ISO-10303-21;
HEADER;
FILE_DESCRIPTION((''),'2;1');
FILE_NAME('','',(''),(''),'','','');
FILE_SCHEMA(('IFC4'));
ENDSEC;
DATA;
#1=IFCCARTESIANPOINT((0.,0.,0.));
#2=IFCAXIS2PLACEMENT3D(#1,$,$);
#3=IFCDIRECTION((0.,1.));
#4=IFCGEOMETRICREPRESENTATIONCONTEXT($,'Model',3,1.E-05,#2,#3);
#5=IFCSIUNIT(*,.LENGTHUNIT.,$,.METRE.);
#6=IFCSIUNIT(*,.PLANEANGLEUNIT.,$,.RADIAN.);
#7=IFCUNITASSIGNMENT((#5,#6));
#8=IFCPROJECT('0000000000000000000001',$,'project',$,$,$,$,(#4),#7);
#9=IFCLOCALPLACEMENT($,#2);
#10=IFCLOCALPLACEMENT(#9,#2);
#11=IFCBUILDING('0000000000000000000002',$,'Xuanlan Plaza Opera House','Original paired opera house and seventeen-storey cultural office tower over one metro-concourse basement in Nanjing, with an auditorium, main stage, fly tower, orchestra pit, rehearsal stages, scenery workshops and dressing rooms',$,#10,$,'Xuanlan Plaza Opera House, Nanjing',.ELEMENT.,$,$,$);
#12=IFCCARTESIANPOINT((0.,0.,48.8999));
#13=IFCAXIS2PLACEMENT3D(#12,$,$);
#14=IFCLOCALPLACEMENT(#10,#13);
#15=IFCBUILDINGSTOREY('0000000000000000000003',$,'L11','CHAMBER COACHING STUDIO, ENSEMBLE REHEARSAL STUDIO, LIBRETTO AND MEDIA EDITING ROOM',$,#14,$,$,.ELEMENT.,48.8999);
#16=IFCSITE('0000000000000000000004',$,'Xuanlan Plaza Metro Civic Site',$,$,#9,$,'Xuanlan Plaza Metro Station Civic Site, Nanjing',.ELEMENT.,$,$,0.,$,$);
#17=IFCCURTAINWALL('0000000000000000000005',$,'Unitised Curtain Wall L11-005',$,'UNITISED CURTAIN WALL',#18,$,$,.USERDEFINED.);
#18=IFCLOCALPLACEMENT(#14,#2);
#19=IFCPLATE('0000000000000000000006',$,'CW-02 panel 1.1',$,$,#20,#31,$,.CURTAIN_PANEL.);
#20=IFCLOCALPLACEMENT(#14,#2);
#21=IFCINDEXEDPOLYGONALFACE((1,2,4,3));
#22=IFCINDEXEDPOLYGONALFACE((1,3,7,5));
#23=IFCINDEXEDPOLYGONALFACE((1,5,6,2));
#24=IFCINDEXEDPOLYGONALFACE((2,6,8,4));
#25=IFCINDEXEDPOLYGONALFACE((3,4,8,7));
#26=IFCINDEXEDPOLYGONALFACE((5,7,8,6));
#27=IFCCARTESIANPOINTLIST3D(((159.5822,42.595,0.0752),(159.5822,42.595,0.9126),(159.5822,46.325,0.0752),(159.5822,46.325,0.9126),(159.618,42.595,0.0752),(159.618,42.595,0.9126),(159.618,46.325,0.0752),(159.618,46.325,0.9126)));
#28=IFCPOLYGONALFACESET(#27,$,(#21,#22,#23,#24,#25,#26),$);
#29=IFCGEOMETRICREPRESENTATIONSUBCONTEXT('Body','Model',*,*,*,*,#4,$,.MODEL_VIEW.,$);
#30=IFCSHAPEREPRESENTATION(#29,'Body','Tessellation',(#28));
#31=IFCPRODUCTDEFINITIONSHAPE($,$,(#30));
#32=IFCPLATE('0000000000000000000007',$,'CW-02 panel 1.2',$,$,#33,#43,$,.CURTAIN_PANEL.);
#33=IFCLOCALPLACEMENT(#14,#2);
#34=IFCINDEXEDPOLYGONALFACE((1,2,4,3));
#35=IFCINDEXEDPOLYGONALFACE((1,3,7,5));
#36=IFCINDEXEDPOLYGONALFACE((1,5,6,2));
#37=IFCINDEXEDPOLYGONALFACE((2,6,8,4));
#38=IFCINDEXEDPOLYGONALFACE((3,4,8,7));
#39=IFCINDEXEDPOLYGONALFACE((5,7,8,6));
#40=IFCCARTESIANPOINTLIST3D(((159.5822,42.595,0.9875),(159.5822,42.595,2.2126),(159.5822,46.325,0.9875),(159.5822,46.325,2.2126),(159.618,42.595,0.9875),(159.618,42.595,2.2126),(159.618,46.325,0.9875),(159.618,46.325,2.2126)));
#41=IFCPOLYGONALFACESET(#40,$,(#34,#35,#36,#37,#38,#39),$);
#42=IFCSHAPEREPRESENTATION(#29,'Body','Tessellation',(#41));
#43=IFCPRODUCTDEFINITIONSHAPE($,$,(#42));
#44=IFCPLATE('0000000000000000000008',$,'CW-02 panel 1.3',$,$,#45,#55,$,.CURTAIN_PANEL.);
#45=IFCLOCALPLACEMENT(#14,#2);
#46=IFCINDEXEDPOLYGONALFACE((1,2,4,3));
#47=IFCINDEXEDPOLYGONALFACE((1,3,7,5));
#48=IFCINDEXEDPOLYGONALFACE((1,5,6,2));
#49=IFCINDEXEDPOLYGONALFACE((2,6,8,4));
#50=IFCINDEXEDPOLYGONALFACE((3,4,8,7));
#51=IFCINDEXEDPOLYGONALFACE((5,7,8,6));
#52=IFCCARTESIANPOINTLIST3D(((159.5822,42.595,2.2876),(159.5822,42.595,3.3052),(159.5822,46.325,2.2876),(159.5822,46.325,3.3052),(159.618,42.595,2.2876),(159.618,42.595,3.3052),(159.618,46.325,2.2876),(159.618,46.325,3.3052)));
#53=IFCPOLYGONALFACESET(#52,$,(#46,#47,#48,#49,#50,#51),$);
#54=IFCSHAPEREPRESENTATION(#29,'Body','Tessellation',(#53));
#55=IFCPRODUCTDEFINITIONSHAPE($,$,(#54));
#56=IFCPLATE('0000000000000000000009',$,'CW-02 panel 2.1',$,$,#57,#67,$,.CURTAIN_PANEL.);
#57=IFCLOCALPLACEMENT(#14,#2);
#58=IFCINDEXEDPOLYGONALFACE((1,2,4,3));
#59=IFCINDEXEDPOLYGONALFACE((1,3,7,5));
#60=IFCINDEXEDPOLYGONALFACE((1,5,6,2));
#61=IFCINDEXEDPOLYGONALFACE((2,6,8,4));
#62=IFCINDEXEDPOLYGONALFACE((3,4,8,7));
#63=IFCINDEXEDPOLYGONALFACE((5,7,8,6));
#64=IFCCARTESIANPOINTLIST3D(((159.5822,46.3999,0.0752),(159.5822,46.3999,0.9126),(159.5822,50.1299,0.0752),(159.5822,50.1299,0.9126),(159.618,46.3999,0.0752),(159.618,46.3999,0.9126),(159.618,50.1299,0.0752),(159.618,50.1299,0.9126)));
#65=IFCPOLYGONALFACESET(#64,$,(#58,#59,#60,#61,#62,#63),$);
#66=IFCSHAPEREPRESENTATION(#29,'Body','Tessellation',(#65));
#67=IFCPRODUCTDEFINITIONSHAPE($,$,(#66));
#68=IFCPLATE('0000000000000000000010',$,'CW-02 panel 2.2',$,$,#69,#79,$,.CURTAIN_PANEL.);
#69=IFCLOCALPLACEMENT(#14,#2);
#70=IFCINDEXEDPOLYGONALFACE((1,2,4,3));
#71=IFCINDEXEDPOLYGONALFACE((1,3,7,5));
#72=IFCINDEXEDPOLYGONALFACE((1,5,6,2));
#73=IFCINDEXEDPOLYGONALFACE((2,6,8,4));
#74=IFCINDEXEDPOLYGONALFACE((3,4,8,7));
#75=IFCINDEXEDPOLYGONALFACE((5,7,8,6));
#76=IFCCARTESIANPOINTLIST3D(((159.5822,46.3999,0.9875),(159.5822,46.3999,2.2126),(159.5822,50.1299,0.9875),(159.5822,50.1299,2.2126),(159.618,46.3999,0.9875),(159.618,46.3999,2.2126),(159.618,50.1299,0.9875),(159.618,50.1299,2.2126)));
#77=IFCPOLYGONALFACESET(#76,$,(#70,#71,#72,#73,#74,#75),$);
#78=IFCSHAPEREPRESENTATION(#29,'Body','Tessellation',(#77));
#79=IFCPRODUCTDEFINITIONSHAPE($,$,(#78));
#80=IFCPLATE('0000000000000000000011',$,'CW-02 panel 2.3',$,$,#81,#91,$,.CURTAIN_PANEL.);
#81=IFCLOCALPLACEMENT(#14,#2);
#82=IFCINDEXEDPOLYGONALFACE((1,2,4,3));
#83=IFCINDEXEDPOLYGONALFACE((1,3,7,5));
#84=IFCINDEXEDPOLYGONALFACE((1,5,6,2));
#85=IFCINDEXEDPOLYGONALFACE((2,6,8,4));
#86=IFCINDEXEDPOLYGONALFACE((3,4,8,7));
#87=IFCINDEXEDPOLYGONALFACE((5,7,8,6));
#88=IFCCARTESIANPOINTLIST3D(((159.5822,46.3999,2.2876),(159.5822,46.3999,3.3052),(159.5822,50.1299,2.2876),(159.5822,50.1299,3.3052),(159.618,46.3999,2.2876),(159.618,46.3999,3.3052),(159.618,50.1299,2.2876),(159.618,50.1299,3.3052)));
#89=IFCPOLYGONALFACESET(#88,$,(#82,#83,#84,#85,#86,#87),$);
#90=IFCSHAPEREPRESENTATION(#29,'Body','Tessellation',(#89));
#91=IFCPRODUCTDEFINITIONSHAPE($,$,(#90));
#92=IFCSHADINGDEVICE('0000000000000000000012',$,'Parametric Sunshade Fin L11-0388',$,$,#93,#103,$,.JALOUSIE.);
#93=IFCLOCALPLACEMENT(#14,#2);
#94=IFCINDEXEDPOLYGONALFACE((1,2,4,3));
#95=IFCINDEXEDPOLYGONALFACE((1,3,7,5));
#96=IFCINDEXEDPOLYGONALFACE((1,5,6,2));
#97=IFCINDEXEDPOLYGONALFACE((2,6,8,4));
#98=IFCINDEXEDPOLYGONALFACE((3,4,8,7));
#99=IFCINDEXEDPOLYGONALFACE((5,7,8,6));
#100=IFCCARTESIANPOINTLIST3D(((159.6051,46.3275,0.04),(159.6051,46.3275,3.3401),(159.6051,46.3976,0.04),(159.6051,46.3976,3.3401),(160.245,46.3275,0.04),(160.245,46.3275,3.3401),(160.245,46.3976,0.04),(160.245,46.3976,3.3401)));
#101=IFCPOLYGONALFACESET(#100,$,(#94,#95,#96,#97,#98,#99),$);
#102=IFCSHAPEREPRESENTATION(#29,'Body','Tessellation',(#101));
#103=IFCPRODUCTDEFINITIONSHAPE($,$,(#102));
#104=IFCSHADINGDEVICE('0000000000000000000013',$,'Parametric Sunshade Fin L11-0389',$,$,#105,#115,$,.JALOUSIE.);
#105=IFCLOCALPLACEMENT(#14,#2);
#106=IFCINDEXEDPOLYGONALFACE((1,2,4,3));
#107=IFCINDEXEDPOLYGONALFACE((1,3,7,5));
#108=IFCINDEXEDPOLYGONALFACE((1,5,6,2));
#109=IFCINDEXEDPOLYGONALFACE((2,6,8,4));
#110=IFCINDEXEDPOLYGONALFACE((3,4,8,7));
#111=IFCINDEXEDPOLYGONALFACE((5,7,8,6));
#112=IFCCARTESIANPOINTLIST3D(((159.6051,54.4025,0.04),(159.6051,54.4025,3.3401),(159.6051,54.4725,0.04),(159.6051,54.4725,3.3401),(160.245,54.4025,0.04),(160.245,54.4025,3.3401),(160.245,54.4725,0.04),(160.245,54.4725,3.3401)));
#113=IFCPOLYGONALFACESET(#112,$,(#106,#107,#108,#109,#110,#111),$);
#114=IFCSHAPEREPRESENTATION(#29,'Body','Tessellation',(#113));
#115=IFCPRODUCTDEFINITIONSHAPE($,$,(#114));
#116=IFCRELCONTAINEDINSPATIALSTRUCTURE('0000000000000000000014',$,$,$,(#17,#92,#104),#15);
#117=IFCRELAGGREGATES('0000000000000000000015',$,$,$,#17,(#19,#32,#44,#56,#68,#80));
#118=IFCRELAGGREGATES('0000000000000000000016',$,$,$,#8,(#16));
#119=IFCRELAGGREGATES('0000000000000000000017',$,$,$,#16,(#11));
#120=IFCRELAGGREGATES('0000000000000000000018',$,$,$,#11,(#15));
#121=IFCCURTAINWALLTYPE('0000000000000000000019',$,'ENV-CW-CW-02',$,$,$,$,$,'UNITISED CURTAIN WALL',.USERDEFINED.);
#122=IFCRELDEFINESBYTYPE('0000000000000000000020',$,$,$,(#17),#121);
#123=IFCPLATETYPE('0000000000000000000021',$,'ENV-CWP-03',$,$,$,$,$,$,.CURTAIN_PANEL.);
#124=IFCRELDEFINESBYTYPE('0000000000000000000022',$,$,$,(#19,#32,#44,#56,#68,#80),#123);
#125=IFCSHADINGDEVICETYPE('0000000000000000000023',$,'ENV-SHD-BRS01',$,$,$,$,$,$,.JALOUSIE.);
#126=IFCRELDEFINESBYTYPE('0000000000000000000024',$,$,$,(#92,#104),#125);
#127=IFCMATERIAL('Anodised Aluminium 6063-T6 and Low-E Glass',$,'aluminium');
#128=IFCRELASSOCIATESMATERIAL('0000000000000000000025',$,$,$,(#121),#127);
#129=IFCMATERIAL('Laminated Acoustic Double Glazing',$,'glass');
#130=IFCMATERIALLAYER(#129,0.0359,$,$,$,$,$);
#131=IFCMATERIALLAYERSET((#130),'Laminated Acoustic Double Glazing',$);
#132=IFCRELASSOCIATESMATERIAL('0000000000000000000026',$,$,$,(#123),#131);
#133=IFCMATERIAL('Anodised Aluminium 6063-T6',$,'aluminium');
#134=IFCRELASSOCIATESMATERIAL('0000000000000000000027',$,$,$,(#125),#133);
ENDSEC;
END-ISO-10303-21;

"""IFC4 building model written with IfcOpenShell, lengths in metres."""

from ifc_helpers import new_model, si_unit, direction, frame, origin, origin_2d, place, context, subcontext, project, spatial, rectangle, extrude, material, layer, layer_set, type_object, element, aggregate, save


model = new_model("IFC4")

# Units and contexts
model_context = context("Model", 3, precision=1e-05, world=origin(), true_north=direction((0.0, 1.0)))
body_context = subcontext(model_context, "Body", "Model", "MODEL_VIEW")
ifc_project = project(units=[si_unit("LENGTHUNIT", "METRE"), si_unit("PLANEANGLEUNIT", "RADIAN")], contexts=[model_context])

# Site, building, storey
site_placement = place(None, origin())
site = spatial("IfcSite", under=ifc_project, at=site_placement, Name="Xuanlan Plaza Metro Civic Site", LongName="Xuanlan Plaza Metro Station Civic Site, Nanjing", CompositionType="ELEMENT", RefElevation=0.0)
building_placement = place(site_placement, origin())
building = spatial("IfcBuilding", under=site, at=building_placement, Name="Xuanlan Plaza Opera House", Description="Original paired opera house and seventeen-storey cultural office tower over one metro-concourse basement in Nanjing, with an auditorium, main stage, fly tower, orchestra pit, rehearsal stages, scenery workshops and dressing rooms", LongName="Xuanlan Plaza Opera House, Nanjing", CompositionType="ELEMENT")
storey_placement = place(building_placement, frame((0.0, 0.0, 48.8999)))
storey = spatial("IfcBuildingStorey", under=building, at=storey_placement, Name="L11", Description="CHAMBER COACHING STUDIO, ENSEMBLE REHEARSAL STUDIO, LIBRETTO AND MEDIA EDITING ROOM", CompositionType="ELEMENT", Elevation=48.8999)

# Curtain wall
ifc_material_1 = material(Name="Anodised Aluminium 6063-T6 and Low-E Glass", Category="aluminium")
curtain_wall_type_1 = type_object("IfcCurtainWallType", Name="ENV-CW-CW-02", ElementType="UNITISED CURTAIN WALL", PredefinedType="USERDEFINED", material=ifc_material_1)
curtain_wall_1_placement = place(storey_placement, origin())
curtain_wall_1 = element("IfcCurtainWall", 1, at=curtain_wall_1_placement, inside=storey, type_object=curtain_wall_type_1, Name="Unitised Curtain Wall L11-005", ObjectType="UNITISED CURTAIN WALL", PredefinedType="USERDEFINED")
ifc_material_2 = material(Name="Anodised Aluminium 6063-T6", Category="aluminium")

# Plates
ifc_material_3 = material(Name="Laminated Acoustic Double Glazing", Category="glass")
ifc_layer_1 = layer(ifc_material_3, 0.0359)
ifc_layer_set_1 = layer_set([ifc_layer_1], Name="Laminated Acoustic Double Glazing")
plate_type_1 = type_object("IfcPlateType", Name="ENV-CWP-03", PredefinedType="CURTAIN_PANEL", material=ifc_layer_set_1)
plate_1_placement = place(storey_placement, frame((159.6001, 44.46, 0.0752), z_axis=(0.0, 0.0, 1.0), x_axis=(0.0, 1.0, 0.0)))
plate_1 = element("IfcPlate", 2, at=plate_1_placement, type_object=plate_type_1, Name="CW-02 panel 1.1", PredefinedType="CURTAIN_PANEL", context=body_context, shape_type="SweptSolid", body=[
    extrude(rectangle(XDim=3.73, YDim=0.0359, at=origin_2d()), origin(), (0.0, 0.0, 1.0), 0.8374),
])
plate_2_placement = place(storey_placement, frame((159.6001, 44.46, 0.9875), z_axis=(0.0, 0.0, 1.0), x_axis=(0.0, 1.0, 0.0)))
plate_2 = element("IfcPlate", 3, at=plate_2_placement, type_object=plate_type_1, Name="CW-02 panel 1.2", PredefinedType="CURTAIN_PANEL", context=body_context, shape_type="SweptSolid", body=[
    extrude(rectangle(XDim=3.73, YDim=0.0359, at=origin_2d()), origin(), (0.0, 0.0, 1.0), 1.2251),
])
plate_3_placement = place(storey_placement, frame((159.6001, 44.46, 2.2876), z_axis=(0.0, 0.0, 1.0), x_axis=(0.0, 1.0, 0.0)))
plate_3 = element("IfcPlate", 4, at=plate_3_placement, type_object=plate_type_1, Name="CW-02 panel 1.3", PredefinedType="CURTAIN_PANEL", context=body_context, shape_type="SweptSolid", body=[
    extrude(rectangle(XDim=3.73, YDim=0.0359, at=origin_2d()), origin(), (0.0, 0.0, 1.0), 1.0176),
])
plate_4_placement = place(storey_placement, frame((159.6001, 48.2649, 0.0752), z_axis=(0.0, 0.0, 1.0), x_axis=(0.0, 1.0, 0.0)))
plate_4 = element("IfcPlate", 5, at=plate_4_placement, type_object=plate_type_1, Name="CW-02 panel 2.1", PredefinedType="CURTAIN_PANEL", context=body_context, shape_type="SweptSolid", body=[
    extrude(rectangle(XDim=3.73, YDim=0.0359, at=origin_2d()), origin(), (0.0, 0.0, 1.0), 0.8374),
])
plate_5_placement = place(storey_placement, frame((159.6001, 48.2649, 0.9875), z_axis=(0.0, 0.0, 1.0), x_axis=(0.0, 1.0, 0.0)))
plate_5 = element("IfcPlate", 6, at=plate_5_placement, type_object=plate_type_1, Name="CW-02 panel 2.2", PredefinedType="CURTAIN_PANEL", context=body_context, shape_type="SweptSolid", body=[
    extrude(rectangle(XDim=3.73, YDim=0.0359, at=origin_2d()), origin(), (0.0, 0.0, 1.0), 1.2251),
])
plate_6_placement = place(storey_placement, frame((159.6001, 48.2649, 2.2876), z_axis=(0.0, 0.0, 1.0), x_axis=(0.0, 1.0, 0.0)))
plate_6 = element("IfcPlate", 7, at=plate_6_placement, type_object=plate_type_1, Name="CW-02 panel 2.3", PredefinedType="CURTAIN_PANEL", context=body_context, shape_type="SweptSolid", body=[
    extrude(rectangle(XDim=3.73, YDim=0.0359, at=origin_2d()), origin(), (0.0, 0.0, 1.0), 1.0176),
])
aggregate(curtain_wall_1, [plate_1, plate_2, plate_3, plate_4, plate_5, plate_6])

# Shading devices
shading_device_type = type_object("IfcShadingDeviceType", Name="ENV-SHD-BRS01", PredefinedType="JALOUSIE", material=ifc_material_2)
for number, where, z_axis, x_axis, name in (
    (8, (159.925, 46.3625, 0.04), (0.0, 0.0, 1.0), (1.0, 0.0, 0.0), "Parametric Sunshade Fin L11-0388"),
    (9, (159.925, 54.4375, 0.04), (0.0, 0.0, 1.0), (1.0, 0.0, 0.0), "Parametric Sunshade Fin L11-0389"),
):
    element("IfcShadingDevice", number, at=place(storey_placement, frame(where, z_axis=z_axis, x_axis=x_axis)), inside=storey, type_object=shading_device_type, Name=name, PredefinedType="JALOUSIE", context=body_context, shape_type="SweptSolid", body=[
        extrude(rectangle(XDim=0.6399, YDim=0.0701, at=origin_2d()), origin(), (0.0, 0.0, 1.0), 3.3),
    ])

save(model, "model.ifc")
